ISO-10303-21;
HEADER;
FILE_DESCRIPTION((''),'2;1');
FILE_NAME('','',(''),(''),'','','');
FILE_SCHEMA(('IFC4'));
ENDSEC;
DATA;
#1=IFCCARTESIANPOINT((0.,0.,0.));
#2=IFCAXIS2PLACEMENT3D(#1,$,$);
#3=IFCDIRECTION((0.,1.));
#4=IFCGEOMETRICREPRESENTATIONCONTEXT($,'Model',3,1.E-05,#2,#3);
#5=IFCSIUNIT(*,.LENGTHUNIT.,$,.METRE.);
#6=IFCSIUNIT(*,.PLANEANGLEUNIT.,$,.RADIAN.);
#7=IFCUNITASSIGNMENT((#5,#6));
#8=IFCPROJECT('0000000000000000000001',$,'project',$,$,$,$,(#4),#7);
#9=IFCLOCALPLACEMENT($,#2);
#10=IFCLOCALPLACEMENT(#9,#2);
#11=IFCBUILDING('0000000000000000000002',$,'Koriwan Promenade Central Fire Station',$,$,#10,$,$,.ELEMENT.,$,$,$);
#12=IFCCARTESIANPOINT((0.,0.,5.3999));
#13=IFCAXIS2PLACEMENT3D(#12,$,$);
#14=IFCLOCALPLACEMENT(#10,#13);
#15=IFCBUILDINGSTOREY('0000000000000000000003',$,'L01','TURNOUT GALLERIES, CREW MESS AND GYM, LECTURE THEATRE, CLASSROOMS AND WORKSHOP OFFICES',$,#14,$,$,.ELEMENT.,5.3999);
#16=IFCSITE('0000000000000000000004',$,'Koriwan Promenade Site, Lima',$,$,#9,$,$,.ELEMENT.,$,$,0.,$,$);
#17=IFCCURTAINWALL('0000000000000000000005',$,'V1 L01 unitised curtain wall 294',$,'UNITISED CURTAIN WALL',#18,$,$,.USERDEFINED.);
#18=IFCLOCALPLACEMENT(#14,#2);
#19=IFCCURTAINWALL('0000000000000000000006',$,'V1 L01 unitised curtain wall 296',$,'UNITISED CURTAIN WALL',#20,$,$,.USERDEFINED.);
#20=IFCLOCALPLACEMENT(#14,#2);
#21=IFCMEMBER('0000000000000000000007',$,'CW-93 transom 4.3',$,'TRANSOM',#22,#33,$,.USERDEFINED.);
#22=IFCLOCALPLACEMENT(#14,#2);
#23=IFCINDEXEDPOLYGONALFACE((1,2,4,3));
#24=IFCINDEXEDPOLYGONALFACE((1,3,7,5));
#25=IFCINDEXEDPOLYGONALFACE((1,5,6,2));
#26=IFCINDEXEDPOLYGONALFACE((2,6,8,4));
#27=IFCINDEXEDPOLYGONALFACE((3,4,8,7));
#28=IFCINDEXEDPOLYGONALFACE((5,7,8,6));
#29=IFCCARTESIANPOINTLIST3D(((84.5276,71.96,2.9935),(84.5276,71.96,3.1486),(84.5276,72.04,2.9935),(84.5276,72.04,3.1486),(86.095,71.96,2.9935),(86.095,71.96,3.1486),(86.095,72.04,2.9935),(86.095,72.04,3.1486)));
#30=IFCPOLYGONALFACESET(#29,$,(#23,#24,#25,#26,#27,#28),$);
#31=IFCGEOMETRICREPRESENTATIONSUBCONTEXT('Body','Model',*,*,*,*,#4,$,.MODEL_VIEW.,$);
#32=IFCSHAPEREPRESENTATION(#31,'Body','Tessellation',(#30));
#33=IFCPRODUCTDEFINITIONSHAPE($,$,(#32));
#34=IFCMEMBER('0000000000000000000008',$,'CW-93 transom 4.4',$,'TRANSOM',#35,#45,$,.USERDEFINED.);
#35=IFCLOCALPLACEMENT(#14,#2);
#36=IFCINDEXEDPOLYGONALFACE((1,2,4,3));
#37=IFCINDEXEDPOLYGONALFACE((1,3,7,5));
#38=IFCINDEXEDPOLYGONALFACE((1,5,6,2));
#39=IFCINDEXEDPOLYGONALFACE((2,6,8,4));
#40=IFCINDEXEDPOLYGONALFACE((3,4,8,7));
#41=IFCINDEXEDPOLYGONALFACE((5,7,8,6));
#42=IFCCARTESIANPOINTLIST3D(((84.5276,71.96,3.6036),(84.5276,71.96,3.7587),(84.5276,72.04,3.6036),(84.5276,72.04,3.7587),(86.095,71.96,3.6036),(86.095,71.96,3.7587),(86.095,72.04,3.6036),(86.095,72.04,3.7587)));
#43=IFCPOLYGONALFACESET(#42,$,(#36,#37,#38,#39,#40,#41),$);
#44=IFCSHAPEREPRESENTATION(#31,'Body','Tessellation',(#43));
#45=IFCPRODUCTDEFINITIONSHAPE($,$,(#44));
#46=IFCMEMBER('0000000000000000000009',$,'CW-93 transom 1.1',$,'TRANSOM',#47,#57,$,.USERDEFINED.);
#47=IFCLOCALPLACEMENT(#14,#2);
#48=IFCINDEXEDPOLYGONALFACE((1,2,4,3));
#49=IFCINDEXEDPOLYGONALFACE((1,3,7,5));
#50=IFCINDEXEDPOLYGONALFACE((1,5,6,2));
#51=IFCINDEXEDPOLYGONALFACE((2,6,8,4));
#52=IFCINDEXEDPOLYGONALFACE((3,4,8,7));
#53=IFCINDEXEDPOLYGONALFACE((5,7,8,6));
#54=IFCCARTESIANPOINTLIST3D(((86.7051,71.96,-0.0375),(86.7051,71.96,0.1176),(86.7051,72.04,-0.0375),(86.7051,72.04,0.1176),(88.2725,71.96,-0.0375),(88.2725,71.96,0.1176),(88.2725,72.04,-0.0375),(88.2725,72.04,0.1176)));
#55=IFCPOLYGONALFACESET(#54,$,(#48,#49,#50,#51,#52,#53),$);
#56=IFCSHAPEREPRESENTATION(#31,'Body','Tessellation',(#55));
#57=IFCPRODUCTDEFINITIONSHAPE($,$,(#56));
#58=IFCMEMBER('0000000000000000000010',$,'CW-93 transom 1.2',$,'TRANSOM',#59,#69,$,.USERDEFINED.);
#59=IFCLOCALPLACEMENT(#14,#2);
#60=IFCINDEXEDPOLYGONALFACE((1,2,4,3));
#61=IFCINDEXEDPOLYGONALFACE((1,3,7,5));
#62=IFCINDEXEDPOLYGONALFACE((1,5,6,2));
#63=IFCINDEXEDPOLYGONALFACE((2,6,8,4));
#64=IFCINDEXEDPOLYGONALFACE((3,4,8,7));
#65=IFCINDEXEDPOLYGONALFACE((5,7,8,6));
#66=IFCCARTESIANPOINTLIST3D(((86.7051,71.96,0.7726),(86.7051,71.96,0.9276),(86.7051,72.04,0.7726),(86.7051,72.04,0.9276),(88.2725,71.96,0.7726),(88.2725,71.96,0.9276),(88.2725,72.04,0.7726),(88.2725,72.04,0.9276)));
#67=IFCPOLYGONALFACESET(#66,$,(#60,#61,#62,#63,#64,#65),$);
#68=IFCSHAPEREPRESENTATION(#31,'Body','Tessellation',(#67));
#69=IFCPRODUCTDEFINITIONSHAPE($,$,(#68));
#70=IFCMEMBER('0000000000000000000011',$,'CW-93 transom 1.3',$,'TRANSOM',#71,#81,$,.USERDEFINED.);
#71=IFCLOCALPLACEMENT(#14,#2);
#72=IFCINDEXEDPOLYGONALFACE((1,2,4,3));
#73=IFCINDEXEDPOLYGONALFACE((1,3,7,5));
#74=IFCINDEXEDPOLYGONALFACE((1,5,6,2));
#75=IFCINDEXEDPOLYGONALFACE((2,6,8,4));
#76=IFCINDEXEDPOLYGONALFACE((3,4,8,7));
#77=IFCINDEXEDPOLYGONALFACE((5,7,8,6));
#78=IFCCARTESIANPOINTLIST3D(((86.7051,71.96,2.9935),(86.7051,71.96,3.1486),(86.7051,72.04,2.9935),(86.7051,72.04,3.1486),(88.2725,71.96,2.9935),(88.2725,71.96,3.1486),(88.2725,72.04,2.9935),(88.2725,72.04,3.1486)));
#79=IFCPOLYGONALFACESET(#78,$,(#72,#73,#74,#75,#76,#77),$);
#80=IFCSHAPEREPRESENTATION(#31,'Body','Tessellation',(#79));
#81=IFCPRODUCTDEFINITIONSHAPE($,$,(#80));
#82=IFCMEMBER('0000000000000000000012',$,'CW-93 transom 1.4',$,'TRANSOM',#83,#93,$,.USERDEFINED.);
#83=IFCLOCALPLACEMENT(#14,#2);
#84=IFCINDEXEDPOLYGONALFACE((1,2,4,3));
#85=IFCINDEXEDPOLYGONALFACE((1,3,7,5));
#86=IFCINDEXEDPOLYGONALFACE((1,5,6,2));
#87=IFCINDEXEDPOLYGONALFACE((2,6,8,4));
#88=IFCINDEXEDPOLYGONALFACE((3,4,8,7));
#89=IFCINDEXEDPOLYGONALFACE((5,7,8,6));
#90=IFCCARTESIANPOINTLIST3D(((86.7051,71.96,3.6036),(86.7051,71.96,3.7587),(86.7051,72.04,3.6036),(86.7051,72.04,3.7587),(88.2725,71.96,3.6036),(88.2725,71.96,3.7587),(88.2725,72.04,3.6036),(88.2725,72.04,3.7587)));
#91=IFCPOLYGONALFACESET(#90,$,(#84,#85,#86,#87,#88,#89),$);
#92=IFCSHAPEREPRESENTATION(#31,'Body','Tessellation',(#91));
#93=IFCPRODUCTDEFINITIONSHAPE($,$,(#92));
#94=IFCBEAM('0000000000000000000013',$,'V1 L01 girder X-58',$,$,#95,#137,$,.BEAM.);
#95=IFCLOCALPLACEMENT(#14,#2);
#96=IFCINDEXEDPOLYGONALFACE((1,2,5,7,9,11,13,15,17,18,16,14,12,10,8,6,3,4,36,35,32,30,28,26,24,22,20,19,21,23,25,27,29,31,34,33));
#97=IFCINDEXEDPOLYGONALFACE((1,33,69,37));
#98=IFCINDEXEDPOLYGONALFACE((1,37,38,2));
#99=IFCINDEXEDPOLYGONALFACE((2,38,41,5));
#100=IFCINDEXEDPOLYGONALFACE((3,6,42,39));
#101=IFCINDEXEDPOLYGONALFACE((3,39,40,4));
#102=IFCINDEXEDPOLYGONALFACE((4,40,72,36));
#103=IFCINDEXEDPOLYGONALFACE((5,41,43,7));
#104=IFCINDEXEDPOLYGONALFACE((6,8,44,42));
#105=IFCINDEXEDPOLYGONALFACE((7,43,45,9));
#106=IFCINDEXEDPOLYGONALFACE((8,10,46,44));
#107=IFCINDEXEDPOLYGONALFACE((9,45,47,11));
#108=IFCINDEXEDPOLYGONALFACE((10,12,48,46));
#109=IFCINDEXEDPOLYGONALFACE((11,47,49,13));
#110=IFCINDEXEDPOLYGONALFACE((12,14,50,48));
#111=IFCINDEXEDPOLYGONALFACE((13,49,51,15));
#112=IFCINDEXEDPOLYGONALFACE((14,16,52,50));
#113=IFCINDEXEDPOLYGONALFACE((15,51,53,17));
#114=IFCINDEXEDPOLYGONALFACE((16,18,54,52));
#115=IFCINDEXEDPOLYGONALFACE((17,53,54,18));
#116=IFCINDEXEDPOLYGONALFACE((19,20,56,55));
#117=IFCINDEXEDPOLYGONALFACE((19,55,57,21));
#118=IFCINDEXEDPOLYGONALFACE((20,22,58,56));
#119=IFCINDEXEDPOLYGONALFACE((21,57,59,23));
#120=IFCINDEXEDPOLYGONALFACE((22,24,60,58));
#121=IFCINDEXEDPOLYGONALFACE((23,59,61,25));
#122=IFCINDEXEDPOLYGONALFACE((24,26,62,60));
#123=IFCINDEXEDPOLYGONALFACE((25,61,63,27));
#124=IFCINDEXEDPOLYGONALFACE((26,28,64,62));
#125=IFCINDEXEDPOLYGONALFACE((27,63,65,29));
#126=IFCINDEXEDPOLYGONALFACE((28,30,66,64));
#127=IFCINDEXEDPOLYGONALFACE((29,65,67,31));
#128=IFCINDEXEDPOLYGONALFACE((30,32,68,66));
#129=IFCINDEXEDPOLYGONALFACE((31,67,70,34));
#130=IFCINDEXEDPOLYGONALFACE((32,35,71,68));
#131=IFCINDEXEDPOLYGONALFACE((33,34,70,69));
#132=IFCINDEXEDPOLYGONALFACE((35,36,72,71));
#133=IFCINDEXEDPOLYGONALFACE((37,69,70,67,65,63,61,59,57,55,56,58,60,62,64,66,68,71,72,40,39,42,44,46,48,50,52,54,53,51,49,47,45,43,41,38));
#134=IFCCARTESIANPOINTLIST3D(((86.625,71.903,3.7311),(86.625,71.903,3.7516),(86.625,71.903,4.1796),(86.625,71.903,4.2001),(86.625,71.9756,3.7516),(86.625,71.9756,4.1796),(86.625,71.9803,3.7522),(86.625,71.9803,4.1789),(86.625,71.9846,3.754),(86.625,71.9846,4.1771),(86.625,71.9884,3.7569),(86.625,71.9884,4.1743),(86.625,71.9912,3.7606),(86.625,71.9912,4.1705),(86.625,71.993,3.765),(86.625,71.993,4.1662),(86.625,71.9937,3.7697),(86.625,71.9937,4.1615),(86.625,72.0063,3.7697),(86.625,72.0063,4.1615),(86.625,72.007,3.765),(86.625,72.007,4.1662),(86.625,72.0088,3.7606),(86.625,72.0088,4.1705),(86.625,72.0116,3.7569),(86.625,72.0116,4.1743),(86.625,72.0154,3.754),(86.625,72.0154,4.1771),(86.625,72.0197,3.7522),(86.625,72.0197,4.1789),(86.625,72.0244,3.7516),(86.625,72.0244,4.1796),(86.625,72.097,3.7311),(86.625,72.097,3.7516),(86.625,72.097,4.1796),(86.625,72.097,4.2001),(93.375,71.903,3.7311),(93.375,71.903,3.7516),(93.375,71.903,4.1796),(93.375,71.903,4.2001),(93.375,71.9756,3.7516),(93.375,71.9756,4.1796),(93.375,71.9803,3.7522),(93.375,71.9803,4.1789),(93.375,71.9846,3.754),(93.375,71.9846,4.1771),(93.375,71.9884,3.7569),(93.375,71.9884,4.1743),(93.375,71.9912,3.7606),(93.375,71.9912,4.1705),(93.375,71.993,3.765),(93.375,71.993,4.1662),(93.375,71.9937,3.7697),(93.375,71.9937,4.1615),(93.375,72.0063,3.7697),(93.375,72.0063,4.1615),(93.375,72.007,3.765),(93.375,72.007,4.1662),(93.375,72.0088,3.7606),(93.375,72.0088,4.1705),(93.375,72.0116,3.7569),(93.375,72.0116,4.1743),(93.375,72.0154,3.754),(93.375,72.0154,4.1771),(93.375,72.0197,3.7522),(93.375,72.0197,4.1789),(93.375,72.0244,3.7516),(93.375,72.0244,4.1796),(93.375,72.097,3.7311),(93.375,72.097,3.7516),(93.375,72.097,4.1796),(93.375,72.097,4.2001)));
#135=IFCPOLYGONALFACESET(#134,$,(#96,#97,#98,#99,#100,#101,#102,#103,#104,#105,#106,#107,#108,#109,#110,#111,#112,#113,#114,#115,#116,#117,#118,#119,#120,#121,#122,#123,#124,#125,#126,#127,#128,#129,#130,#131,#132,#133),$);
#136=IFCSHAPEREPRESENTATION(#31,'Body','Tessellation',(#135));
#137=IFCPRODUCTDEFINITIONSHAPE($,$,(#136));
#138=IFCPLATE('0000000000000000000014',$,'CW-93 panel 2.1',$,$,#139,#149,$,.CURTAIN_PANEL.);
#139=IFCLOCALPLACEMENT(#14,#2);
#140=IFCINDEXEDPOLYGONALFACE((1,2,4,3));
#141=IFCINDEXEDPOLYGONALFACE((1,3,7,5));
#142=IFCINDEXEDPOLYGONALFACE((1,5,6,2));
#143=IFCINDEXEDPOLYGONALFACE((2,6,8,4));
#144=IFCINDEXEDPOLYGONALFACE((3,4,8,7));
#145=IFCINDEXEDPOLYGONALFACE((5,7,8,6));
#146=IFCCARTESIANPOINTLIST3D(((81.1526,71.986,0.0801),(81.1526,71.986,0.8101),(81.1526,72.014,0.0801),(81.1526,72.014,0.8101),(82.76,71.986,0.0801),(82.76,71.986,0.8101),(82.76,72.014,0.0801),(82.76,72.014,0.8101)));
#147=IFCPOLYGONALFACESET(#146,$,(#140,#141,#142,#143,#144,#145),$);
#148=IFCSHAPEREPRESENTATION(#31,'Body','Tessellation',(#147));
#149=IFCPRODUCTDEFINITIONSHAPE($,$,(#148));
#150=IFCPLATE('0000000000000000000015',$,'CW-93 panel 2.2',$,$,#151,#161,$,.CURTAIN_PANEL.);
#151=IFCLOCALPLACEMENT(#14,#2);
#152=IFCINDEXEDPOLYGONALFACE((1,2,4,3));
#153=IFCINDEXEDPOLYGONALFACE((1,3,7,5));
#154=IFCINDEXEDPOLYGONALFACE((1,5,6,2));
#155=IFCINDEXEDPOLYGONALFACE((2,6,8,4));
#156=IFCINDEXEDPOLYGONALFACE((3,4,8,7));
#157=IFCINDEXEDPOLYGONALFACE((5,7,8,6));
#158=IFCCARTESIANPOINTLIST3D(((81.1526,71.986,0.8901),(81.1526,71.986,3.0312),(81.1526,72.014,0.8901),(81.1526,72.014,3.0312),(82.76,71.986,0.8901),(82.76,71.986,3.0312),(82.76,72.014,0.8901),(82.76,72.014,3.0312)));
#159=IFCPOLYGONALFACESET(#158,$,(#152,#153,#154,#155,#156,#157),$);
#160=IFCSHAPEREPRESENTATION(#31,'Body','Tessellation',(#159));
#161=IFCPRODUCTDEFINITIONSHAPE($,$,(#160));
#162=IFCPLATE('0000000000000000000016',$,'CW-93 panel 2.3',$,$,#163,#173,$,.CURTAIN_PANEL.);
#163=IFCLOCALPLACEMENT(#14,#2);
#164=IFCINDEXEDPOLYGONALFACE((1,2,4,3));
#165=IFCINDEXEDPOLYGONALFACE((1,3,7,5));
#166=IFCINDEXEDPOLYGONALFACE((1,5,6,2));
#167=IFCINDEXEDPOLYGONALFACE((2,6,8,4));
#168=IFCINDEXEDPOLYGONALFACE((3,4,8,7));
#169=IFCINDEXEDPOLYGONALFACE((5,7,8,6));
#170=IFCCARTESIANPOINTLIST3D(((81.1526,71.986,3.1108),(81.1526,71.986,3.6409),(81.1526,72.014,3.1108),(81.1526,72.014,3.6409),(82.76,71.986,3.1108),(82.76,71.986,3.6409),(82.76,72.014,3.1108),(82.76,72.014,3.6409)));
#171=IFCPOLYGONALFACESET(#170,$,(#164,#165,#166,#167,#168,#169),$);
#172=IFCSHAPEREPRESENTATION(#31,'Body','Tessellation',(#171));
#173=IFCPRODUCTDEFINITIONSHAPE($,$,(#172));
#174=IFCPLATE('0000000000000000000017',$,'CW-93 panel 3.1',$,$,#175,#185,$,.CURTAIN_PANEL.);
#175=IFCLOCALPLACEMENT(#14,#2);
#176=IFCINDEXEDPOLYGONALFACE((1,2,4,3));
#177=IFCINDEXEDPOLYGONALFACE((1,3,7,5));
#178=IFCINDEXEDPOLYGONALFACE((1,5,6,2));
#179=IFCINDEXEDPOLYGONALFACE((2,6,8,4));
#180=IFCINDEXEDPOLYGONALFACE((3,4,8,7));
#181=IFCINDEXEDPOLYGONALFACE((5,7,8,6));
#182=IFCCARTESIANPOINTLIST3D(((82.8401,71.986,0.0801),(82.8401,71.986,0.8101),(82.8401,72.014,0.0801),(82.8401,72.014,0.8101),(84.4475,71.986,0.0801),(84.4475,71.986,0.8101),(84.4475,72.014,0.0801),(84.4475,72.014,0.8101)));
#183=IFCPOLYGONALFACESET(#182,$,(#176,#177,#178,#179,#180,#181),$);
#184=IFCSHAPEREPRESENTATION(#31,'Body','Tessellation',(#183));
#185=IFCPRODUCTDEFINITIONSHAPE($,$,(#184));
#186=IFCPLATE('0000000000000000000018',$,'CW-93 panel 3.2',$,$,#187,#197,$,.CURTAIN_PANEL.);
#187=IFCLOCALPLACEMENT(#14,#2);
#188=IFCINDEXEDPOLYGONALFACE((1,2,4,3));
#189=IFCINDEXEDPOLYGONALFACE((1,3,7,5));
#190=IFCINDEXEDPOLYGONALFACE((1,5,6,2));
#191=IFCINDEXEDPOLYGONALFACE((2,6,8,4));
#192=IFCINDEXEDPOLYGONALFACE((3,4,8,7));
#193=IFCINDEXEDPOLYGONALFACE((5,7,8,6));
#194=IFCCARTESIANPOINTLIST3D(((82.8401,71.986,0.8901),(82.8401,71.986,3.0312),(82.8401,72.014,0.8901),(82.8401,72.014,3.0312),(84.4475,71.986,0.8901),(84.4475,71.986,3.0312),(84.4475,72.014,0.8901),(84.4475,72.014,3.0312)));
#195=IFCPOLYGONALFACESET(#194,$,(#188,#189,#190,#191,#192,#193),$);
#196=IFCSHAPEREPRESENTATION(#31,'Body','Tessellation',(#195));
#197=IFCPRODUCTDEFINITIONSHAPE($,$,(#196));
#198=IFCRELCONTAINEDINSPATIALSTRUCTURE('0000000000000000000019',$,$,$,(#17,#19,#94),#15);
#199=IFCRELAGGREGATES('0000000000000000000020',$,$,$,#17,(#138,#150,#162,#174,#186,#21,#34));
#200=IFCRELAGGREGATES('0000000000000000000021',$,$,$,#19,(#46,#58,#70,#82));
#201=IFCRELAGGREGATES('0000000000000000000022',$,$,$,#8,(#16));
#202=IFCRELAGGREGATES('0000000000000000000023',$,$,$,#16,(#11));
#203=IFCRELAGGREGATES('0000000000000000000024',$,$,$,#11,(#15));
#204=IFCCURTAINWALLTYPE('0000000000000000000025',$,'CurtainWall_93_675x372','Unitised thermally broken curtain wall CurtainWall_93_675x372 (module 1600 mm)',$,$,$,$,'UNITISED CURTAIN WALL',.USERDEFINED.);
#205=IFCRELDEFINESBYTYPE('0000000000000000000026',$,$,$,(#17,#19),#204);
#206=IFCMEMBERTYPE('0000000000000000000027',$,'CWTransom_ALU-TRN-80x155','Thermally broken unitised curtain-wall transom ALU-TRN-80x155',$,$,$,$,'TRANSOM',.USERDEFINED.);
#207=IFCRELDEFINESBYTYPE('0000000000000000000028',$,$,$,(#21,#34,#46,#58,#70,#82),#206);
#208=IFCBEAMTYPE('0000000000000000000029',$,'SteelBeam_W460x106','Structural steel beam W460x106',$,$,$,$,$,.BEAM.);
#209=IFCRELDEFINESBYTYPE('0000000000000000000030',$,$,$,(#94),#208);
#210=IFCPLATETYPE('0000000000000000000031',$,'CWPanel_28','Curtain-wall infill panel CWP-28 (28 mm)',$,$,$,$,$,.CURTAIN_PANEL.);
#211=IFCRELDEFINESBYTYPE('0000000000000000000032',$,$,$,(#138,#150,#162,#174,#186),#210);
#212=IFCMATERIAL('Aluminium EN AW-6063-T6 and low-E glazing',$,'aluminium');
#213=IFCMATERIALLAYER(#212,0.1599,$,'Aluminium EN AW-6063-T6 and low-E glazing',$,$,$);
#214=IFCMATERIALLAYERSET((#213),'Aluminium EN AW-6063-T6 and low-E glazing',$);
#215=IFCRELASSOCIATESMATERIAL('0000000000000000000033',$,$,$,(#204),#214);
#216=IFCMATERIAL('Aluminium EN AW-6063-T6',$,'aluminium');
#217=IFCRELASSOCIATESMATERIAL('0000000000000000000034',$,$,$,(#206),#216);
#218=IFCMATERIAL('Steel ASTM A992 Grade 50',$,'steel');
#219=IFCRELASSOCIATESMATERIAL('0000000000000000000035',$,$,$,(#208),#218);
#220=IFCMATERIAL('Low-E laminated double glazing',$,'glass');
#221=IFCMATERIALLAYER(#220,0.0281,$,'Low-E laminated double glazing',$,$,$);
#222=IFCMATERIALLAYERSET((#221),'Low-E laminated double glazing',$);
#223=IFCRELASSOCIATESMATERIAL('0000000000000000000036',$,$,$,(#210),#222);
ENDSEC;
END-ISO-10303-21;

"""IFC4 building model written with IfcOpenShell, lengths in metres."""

from ifc_helpers import new_model, si_unit, direction, frame, origin, origin_2d, place, context, subcontext, project, spatial, rectangle, i_section, extrude, material, layer, layer_set, material_profile, profile_set, type_object, element, aggregate, save


model = new_model("IFC4")

# Units and contexts
model_context = context("Model", 3, precision=1e-05, world=origin(), true_north=direction((0.0, 1.0)))
body_context = subcontext(model_context, "Body", "Model", "MODEL_VIEW")
ifc_project = project(units=[si_unit("LENGTHUNIT", "METRE"), si_unit("PLANEANGLEUNIT", "RADIAN")], contexts=[model_context])

# Site, building, storey
site_placement = place(None, origin())
site = spatial("IfcSite", under=ifc_project, at=site_placement, Name="Koriwan Promenade Site, Lima", CompositionType="ELEMENT", RefElevation=0.0)
building_placement = place(site_placement, origin())
building = spatial("IfcBuilding", under=site, at=building_placement, Name="Koriwan Promenade Central Fire Station", CompositionType="ELEMENT")
storey_placement = place(building_placement, frame((0.0, 0.0, 5.3999)))
storey = spatial("IfcBuildingStorey", under=building, at=storey_placement, Name="L01", Description="TURNOUT GALLERIES, CREW MESS AND GYM, LECTURE THEATRE, CLASSROOMS AND WORKSHOP OFFICES", CompositionType="ELEMENT", Elevation=5.3999)

# Curtain wall
ifc_material_1 = material(Name="Aluminium EN AW-6063-T6 and low-E glazing", Category="aluminium")
ifc_layer_1 = layer(ifc_material_1, 0.1599, Name="Aluminium EN AW-6063-T6 and low-E glazing")
ifc_layer_set_1 = layer_set([ifc_layer_1], Name="Aluminium EN AW-6063-T6 and low-E glazing")
curtain_wall_type = type_object("IfcCurtainWallType", Name="CurtainWall_93_675x372", Description="Unitised thermally broken curtain wall CurtainWall_93_675x372 (module 1600 mm)", ElementType="UNITISED CURTAIN WALL", PredefinedType="USERDEFINED", material=ifc_layer_set_1)
curtain_wall_1_placement = place(storey_placement, origin())
curtain_wall_1 = element("IfcCurtainWall", 1, at=curtain_wall_1_placement, inside=storey, type_object=curtain_wall_type, Name="V1 L01 unitised curtain wall 294", ObjectType="UNITISED CURTAIN WALL", PredefinedType="USERDEFINED")
ifc_material_2 = material(Name="Aluminium EN AW-6063-T6", Category="aluminium")

# Curtain wall
curtain_wall_2_placement = place(storey_placement, origin())
curtain_wall_2 = element("IfcCurtainWall", 2, at=curtain_wall_2_placement, inside=storey, type_object=curtain_wall_type, Name="V1 L01 unitised curtain wall 296", ObjectType="UNITISED CURTAIN WALL", PredefinedType="USERDEFINED")

# Members
ifc_material_profile_1 = material_profile(ifc_material_2, rectangle(XDim=0.0801, YDim=0.155, at=origin_2d()), Name="ALU-TRN-80x155")
ifc_profile_set_1 = profile_set([ifc_material_profile_1], Name="Aluminium EN AW-6063-T6")
member_type_1 = type_object("IfcMemberType", Name="CWTransom_ALU-TRN-80x155", Description="Thermally broken unitised curtain-wall transom ALU-TRN-80x155", ElementType="TRANSOM", PredefinedType="USERDEFINED", material=ifc_profile_set_1)
member_1_placement = place(storey_placement, frame((84.5276, 72.0, 3.071), z_axis=(1.0, 0.0, 0.0), x_axis=(0.0, 1.0, 0.0)))
member_1 = element("IfcMember", 3, at=member_1_placement, type_object=member_type_1, Name="CW-93 transom 4.3", ObjectType="TRANSOM", PredefinedType="USERDEFINED", context=body_context, shape_type="SweptSolid", body=[
    extrude(rectangle(XDim=0.0801, YDim=0.155, at=origin_2d()), origin(), (0.0, 0.0, 1.0), 1.5674),
])
member_2_placement = place(storey_placement, frame((84.5276, 72.0, 3.6812), z_axis=(1.0, 0.0, 0.0), x_axis=(0.0, 1.0, 0.0)))
member_2 = element("IfcMember", 4, at=member_2_placement, type_object=member_type_1, Name="CW-93 transom 4.4", ObjectType="TRANSOM", PredefinedType="USERDEFINED", context=body_context, shape_type="SweptSolid", body=[
    extrude(rectangle(XDim=0.0801, YDim=0.155, at=origin_2d()), origin(), (0.0, 0.0, 1.0), 1.5674),
])
member_3_placement = place(storey_placement, frame((86.7051, 72.0, 0.04), z_axis=(1.0, 0.0, 0.0), x_axis=(0.0, 1.0, 0.0)))
member_3 = element("IfcMember", 5, at=member_3_placement, type_object=member_type_1, Name="CW-93 transom 1.1", ObjectType="TRANSOM", PredefinedType="USERDEFINED", context=body_context, shape_type="SweptSolid", body=[
    extrude(rectangle(XDim=0.0801, YDim=0.155, at=origin_2d()), origin(), (0.0, 0.0, 1.0), 1.5674),
])
member_4_placement = place(storey_placement, frame((86.7051, 72.0, 0.8501), z_axis=(1.0, 0.0, 0.0), x_axis=(0.0, 1.0, 0.0)))
member_4 = element("IfcMember", 6, at=member_4_placement, type_object=member_type_1, Name="CW-93 transom 1.2", ObjectType="TRANSOM", PredefinedType="USERDEFINED", context=body_context, shape_type="SweptSolid", body=[
    extrude(rectangle(XDim=0.0801, YDim=0.155, at=origin_2d()), origin(), (0.0, 0.0, 1.0), 1.5674),
])
member_5_placement = place(storey_placement, frame((86.7051, 72.0, 3.071), z_axis=(1.0, 0.0, 0.0), x_axis=(0.0, 1.0, 0.0)))
member_5 = element("IfcMember", 7, at=member_5_placement, type_object=member_type_1, Name="CW-93 transom 1.3", ObjectType="TRANSOM", PredefinedType="USERDEFINED", context=body_context, shape_type="SweptSolid", body=[
    extrude(rectangle(XDim=0.0801, YDim=0.155, at=origin_2d()), origin(), (0.0, 0.0, 1.0), 1.5674),
])
member_6_placement = place(storey_placement, frame((86.7051, 72.0, 3.6812), z_axis=(1.0, 0.0, 0.0), x_axis=(0.0, 1.0, 0.0)))
member_6 = element("IfcMember", 8, at=member_6_placement, type_object=member_type_1, Name="CW-93 transom 1.4", ObjectType="TRANSOM", PredefinedType="USERDEFINED", context=body_context, shape_type="SweptSolid", body=[
    extrude(rectangle(XDim=0.0801, YDim=0.155, at=origin_2d()), origin(), (0.0, 0.0, 1.0), 1.5674),
])

# Beam
ifc_material_3 = material(Name="Steel ASTM A992 Grade 50", Category="steel")
ifc_material_profile_2 = material_profile(ifc_material_3, i_section(OverallWidth=0.1941, OverallDepth=0.469, WebThickness=0.0127, FlangeThickness=0.0205, FilletRadius=0.0181, at=origin_2d()), Name="W460x106")
ifc_profile_set_2 = profile_set([ifc_material_profile_2], Name="Steel ASTM A992 Grade 50")
beam_type = type_object("IfcBeamType", Name="SteelBeam_W460x106", Description="Structural steel beam W460x106", PredefinedType="BEAM", material=ifc_profile_set_2)
beam_placement = place(storey_placement, frame((86.625, 72.0, 3.9656), z_axis=(1.0, 0.0, 0.0), x_axis=(0.0, 1.0, 0.0)))
element("IfcBeam", 9, at=beam_placement, inside=storey, type_object=beam_type, Name="V1 L01 girder X-58", PredefinedType="BEAM", context=body_context, shape_type="SweptSolid", body=[
    extrude(i_section(OverallWidth=0.1941, OverallDepth=0.469, WebThickness=0.0127, FlangeThickness=0.0205, FilletRadius=0.0181, at=origin_2d()), origin(), (0.0, 0.0, 1.0), 6.75),
])

# Plates
ifc_material_4 = material(Name="Low-E laminated double glazing", Category="glass")
ifc_layer_2 = layer(ifc_material_4, 0.0281, Name="Low-E laminated double glazing")
ifc_layer_set_2 = layer_set([ifc_layer_2], Name="Low-E laminated double glazing")
plate_type_1 = type_object("IfcPlateType", Name="CWPanel_28", Description="Curtain-wall infill panel CWP-28 (28 mm)", PredefinedType="CURTAIN_PANEL", material=ifc_layer_set_2)
plate_1_placement = place(storey_placement, frame((81.9563, 72.0, 0.0801), z_axis=(0.0, 0.0, 1.0), x_axis=(1.0, 0.0, 0.0)))
plate_1 = element("IfcPlate", 10, at=plate_1_placement, type_object=plate_type_1, Name="CW-93 panel 2.1", PredefinedType="CURTAIN_PANEL", context=body_context, shape_type="SweptSolid", body=[
    extrude(rectangle(XDim=1.6074, YDim=0.0281, at=origin_2d()), origin(), (0.0, 0.0, 1.0), 0.73),
])
plate_2_placement = place(storey_placement, frame((81.9563, 72.0, 0.8901), z_axis=(0.0, 0.0, 1.0), x_axis=(1.0, 0.0, 0.0)))
plate_2 = element("IfcPlate", 11, at=plate_2_placement, type_object=plate_type_1, Name="CW-93 panel 2.2", PredefinedType="CURTAIN_PANEL", context=body_context, shape_type="SweptSolid", body=[
    extrude(rectangle(XDim=1.6074, YDim=0.0281, at=origin_2d()), origin(), (0.0, 0.0, 1.0), 2.1411),
])
plate_3_placement = place(storey_placement, frame((81.9563, 72.0, 3.1108), z_axis=(0.0, 0.0, 1.0), x_axis=(1.0, 0.0, 0.0)))
plate_3 = element("IfcPlate", 12, at=plate_3_placement, type_object=plate_type_1, Name="CW-93 panel 2.3", PredefinedType="CURTAIN_PANEL", context=body_context, shape_type="SweptSolid", body=[
    extrude(rectangle(XDim=1.6074, YDim=0.0281, at=origin_2d()), origin(), (0.0, 0.0, 1.0), 0.53),
])
plate_4_placement = place(storey_placement, frame((83.6438, 72.0, 0.0801), z_axis=(0.0, 0.0, 1.0), x_axis=(1.0, 0.0, 0.0)))
plate_4 = element("IfcPlate", 13, at=plate_4_placement, type_object=plate_type_1, Name="CW-93 panel 3.1", PredefinedType="CURTAIN_PANEL", context=body_context, shape_type="SweptSolid", body=[
    extrude(rectangle(XDim=1.6074, YDim=0.0281, at=origin_2d()), origin(), (0.0, 0.0, 1.0), 0.73),
])
plate_5_placement = place(storey_placement, frame((83.6438, 72.0, 0.8901), z_axis=(0.0, 0.0, 1.0), x_axis=(1.0, 0.0, 0.0)))
plate_5 = element("IfcPlate", 14, at=plate_5_placement, type_object=plate_type_1, Name="CW-93 panel 3.2", PredefinedType="CURTAIN_PANEL", context=body_context, shape_type="SweptSolid", body=[
    extrude(rectangle(XDim=1.6074, YDim=0.0281, at=origin_2d()), origin(), (0.0, 0.0, 1.0), 2.1411),
])
aggregate(curtain_wall_1, [plate_1, plate_2, plate_3, plate_4, plate_5, member_1, member_2])
aggregate(curtain_wall_2, [member_3, member_4, member_5, member_6])

save(model, "model.ifc")
